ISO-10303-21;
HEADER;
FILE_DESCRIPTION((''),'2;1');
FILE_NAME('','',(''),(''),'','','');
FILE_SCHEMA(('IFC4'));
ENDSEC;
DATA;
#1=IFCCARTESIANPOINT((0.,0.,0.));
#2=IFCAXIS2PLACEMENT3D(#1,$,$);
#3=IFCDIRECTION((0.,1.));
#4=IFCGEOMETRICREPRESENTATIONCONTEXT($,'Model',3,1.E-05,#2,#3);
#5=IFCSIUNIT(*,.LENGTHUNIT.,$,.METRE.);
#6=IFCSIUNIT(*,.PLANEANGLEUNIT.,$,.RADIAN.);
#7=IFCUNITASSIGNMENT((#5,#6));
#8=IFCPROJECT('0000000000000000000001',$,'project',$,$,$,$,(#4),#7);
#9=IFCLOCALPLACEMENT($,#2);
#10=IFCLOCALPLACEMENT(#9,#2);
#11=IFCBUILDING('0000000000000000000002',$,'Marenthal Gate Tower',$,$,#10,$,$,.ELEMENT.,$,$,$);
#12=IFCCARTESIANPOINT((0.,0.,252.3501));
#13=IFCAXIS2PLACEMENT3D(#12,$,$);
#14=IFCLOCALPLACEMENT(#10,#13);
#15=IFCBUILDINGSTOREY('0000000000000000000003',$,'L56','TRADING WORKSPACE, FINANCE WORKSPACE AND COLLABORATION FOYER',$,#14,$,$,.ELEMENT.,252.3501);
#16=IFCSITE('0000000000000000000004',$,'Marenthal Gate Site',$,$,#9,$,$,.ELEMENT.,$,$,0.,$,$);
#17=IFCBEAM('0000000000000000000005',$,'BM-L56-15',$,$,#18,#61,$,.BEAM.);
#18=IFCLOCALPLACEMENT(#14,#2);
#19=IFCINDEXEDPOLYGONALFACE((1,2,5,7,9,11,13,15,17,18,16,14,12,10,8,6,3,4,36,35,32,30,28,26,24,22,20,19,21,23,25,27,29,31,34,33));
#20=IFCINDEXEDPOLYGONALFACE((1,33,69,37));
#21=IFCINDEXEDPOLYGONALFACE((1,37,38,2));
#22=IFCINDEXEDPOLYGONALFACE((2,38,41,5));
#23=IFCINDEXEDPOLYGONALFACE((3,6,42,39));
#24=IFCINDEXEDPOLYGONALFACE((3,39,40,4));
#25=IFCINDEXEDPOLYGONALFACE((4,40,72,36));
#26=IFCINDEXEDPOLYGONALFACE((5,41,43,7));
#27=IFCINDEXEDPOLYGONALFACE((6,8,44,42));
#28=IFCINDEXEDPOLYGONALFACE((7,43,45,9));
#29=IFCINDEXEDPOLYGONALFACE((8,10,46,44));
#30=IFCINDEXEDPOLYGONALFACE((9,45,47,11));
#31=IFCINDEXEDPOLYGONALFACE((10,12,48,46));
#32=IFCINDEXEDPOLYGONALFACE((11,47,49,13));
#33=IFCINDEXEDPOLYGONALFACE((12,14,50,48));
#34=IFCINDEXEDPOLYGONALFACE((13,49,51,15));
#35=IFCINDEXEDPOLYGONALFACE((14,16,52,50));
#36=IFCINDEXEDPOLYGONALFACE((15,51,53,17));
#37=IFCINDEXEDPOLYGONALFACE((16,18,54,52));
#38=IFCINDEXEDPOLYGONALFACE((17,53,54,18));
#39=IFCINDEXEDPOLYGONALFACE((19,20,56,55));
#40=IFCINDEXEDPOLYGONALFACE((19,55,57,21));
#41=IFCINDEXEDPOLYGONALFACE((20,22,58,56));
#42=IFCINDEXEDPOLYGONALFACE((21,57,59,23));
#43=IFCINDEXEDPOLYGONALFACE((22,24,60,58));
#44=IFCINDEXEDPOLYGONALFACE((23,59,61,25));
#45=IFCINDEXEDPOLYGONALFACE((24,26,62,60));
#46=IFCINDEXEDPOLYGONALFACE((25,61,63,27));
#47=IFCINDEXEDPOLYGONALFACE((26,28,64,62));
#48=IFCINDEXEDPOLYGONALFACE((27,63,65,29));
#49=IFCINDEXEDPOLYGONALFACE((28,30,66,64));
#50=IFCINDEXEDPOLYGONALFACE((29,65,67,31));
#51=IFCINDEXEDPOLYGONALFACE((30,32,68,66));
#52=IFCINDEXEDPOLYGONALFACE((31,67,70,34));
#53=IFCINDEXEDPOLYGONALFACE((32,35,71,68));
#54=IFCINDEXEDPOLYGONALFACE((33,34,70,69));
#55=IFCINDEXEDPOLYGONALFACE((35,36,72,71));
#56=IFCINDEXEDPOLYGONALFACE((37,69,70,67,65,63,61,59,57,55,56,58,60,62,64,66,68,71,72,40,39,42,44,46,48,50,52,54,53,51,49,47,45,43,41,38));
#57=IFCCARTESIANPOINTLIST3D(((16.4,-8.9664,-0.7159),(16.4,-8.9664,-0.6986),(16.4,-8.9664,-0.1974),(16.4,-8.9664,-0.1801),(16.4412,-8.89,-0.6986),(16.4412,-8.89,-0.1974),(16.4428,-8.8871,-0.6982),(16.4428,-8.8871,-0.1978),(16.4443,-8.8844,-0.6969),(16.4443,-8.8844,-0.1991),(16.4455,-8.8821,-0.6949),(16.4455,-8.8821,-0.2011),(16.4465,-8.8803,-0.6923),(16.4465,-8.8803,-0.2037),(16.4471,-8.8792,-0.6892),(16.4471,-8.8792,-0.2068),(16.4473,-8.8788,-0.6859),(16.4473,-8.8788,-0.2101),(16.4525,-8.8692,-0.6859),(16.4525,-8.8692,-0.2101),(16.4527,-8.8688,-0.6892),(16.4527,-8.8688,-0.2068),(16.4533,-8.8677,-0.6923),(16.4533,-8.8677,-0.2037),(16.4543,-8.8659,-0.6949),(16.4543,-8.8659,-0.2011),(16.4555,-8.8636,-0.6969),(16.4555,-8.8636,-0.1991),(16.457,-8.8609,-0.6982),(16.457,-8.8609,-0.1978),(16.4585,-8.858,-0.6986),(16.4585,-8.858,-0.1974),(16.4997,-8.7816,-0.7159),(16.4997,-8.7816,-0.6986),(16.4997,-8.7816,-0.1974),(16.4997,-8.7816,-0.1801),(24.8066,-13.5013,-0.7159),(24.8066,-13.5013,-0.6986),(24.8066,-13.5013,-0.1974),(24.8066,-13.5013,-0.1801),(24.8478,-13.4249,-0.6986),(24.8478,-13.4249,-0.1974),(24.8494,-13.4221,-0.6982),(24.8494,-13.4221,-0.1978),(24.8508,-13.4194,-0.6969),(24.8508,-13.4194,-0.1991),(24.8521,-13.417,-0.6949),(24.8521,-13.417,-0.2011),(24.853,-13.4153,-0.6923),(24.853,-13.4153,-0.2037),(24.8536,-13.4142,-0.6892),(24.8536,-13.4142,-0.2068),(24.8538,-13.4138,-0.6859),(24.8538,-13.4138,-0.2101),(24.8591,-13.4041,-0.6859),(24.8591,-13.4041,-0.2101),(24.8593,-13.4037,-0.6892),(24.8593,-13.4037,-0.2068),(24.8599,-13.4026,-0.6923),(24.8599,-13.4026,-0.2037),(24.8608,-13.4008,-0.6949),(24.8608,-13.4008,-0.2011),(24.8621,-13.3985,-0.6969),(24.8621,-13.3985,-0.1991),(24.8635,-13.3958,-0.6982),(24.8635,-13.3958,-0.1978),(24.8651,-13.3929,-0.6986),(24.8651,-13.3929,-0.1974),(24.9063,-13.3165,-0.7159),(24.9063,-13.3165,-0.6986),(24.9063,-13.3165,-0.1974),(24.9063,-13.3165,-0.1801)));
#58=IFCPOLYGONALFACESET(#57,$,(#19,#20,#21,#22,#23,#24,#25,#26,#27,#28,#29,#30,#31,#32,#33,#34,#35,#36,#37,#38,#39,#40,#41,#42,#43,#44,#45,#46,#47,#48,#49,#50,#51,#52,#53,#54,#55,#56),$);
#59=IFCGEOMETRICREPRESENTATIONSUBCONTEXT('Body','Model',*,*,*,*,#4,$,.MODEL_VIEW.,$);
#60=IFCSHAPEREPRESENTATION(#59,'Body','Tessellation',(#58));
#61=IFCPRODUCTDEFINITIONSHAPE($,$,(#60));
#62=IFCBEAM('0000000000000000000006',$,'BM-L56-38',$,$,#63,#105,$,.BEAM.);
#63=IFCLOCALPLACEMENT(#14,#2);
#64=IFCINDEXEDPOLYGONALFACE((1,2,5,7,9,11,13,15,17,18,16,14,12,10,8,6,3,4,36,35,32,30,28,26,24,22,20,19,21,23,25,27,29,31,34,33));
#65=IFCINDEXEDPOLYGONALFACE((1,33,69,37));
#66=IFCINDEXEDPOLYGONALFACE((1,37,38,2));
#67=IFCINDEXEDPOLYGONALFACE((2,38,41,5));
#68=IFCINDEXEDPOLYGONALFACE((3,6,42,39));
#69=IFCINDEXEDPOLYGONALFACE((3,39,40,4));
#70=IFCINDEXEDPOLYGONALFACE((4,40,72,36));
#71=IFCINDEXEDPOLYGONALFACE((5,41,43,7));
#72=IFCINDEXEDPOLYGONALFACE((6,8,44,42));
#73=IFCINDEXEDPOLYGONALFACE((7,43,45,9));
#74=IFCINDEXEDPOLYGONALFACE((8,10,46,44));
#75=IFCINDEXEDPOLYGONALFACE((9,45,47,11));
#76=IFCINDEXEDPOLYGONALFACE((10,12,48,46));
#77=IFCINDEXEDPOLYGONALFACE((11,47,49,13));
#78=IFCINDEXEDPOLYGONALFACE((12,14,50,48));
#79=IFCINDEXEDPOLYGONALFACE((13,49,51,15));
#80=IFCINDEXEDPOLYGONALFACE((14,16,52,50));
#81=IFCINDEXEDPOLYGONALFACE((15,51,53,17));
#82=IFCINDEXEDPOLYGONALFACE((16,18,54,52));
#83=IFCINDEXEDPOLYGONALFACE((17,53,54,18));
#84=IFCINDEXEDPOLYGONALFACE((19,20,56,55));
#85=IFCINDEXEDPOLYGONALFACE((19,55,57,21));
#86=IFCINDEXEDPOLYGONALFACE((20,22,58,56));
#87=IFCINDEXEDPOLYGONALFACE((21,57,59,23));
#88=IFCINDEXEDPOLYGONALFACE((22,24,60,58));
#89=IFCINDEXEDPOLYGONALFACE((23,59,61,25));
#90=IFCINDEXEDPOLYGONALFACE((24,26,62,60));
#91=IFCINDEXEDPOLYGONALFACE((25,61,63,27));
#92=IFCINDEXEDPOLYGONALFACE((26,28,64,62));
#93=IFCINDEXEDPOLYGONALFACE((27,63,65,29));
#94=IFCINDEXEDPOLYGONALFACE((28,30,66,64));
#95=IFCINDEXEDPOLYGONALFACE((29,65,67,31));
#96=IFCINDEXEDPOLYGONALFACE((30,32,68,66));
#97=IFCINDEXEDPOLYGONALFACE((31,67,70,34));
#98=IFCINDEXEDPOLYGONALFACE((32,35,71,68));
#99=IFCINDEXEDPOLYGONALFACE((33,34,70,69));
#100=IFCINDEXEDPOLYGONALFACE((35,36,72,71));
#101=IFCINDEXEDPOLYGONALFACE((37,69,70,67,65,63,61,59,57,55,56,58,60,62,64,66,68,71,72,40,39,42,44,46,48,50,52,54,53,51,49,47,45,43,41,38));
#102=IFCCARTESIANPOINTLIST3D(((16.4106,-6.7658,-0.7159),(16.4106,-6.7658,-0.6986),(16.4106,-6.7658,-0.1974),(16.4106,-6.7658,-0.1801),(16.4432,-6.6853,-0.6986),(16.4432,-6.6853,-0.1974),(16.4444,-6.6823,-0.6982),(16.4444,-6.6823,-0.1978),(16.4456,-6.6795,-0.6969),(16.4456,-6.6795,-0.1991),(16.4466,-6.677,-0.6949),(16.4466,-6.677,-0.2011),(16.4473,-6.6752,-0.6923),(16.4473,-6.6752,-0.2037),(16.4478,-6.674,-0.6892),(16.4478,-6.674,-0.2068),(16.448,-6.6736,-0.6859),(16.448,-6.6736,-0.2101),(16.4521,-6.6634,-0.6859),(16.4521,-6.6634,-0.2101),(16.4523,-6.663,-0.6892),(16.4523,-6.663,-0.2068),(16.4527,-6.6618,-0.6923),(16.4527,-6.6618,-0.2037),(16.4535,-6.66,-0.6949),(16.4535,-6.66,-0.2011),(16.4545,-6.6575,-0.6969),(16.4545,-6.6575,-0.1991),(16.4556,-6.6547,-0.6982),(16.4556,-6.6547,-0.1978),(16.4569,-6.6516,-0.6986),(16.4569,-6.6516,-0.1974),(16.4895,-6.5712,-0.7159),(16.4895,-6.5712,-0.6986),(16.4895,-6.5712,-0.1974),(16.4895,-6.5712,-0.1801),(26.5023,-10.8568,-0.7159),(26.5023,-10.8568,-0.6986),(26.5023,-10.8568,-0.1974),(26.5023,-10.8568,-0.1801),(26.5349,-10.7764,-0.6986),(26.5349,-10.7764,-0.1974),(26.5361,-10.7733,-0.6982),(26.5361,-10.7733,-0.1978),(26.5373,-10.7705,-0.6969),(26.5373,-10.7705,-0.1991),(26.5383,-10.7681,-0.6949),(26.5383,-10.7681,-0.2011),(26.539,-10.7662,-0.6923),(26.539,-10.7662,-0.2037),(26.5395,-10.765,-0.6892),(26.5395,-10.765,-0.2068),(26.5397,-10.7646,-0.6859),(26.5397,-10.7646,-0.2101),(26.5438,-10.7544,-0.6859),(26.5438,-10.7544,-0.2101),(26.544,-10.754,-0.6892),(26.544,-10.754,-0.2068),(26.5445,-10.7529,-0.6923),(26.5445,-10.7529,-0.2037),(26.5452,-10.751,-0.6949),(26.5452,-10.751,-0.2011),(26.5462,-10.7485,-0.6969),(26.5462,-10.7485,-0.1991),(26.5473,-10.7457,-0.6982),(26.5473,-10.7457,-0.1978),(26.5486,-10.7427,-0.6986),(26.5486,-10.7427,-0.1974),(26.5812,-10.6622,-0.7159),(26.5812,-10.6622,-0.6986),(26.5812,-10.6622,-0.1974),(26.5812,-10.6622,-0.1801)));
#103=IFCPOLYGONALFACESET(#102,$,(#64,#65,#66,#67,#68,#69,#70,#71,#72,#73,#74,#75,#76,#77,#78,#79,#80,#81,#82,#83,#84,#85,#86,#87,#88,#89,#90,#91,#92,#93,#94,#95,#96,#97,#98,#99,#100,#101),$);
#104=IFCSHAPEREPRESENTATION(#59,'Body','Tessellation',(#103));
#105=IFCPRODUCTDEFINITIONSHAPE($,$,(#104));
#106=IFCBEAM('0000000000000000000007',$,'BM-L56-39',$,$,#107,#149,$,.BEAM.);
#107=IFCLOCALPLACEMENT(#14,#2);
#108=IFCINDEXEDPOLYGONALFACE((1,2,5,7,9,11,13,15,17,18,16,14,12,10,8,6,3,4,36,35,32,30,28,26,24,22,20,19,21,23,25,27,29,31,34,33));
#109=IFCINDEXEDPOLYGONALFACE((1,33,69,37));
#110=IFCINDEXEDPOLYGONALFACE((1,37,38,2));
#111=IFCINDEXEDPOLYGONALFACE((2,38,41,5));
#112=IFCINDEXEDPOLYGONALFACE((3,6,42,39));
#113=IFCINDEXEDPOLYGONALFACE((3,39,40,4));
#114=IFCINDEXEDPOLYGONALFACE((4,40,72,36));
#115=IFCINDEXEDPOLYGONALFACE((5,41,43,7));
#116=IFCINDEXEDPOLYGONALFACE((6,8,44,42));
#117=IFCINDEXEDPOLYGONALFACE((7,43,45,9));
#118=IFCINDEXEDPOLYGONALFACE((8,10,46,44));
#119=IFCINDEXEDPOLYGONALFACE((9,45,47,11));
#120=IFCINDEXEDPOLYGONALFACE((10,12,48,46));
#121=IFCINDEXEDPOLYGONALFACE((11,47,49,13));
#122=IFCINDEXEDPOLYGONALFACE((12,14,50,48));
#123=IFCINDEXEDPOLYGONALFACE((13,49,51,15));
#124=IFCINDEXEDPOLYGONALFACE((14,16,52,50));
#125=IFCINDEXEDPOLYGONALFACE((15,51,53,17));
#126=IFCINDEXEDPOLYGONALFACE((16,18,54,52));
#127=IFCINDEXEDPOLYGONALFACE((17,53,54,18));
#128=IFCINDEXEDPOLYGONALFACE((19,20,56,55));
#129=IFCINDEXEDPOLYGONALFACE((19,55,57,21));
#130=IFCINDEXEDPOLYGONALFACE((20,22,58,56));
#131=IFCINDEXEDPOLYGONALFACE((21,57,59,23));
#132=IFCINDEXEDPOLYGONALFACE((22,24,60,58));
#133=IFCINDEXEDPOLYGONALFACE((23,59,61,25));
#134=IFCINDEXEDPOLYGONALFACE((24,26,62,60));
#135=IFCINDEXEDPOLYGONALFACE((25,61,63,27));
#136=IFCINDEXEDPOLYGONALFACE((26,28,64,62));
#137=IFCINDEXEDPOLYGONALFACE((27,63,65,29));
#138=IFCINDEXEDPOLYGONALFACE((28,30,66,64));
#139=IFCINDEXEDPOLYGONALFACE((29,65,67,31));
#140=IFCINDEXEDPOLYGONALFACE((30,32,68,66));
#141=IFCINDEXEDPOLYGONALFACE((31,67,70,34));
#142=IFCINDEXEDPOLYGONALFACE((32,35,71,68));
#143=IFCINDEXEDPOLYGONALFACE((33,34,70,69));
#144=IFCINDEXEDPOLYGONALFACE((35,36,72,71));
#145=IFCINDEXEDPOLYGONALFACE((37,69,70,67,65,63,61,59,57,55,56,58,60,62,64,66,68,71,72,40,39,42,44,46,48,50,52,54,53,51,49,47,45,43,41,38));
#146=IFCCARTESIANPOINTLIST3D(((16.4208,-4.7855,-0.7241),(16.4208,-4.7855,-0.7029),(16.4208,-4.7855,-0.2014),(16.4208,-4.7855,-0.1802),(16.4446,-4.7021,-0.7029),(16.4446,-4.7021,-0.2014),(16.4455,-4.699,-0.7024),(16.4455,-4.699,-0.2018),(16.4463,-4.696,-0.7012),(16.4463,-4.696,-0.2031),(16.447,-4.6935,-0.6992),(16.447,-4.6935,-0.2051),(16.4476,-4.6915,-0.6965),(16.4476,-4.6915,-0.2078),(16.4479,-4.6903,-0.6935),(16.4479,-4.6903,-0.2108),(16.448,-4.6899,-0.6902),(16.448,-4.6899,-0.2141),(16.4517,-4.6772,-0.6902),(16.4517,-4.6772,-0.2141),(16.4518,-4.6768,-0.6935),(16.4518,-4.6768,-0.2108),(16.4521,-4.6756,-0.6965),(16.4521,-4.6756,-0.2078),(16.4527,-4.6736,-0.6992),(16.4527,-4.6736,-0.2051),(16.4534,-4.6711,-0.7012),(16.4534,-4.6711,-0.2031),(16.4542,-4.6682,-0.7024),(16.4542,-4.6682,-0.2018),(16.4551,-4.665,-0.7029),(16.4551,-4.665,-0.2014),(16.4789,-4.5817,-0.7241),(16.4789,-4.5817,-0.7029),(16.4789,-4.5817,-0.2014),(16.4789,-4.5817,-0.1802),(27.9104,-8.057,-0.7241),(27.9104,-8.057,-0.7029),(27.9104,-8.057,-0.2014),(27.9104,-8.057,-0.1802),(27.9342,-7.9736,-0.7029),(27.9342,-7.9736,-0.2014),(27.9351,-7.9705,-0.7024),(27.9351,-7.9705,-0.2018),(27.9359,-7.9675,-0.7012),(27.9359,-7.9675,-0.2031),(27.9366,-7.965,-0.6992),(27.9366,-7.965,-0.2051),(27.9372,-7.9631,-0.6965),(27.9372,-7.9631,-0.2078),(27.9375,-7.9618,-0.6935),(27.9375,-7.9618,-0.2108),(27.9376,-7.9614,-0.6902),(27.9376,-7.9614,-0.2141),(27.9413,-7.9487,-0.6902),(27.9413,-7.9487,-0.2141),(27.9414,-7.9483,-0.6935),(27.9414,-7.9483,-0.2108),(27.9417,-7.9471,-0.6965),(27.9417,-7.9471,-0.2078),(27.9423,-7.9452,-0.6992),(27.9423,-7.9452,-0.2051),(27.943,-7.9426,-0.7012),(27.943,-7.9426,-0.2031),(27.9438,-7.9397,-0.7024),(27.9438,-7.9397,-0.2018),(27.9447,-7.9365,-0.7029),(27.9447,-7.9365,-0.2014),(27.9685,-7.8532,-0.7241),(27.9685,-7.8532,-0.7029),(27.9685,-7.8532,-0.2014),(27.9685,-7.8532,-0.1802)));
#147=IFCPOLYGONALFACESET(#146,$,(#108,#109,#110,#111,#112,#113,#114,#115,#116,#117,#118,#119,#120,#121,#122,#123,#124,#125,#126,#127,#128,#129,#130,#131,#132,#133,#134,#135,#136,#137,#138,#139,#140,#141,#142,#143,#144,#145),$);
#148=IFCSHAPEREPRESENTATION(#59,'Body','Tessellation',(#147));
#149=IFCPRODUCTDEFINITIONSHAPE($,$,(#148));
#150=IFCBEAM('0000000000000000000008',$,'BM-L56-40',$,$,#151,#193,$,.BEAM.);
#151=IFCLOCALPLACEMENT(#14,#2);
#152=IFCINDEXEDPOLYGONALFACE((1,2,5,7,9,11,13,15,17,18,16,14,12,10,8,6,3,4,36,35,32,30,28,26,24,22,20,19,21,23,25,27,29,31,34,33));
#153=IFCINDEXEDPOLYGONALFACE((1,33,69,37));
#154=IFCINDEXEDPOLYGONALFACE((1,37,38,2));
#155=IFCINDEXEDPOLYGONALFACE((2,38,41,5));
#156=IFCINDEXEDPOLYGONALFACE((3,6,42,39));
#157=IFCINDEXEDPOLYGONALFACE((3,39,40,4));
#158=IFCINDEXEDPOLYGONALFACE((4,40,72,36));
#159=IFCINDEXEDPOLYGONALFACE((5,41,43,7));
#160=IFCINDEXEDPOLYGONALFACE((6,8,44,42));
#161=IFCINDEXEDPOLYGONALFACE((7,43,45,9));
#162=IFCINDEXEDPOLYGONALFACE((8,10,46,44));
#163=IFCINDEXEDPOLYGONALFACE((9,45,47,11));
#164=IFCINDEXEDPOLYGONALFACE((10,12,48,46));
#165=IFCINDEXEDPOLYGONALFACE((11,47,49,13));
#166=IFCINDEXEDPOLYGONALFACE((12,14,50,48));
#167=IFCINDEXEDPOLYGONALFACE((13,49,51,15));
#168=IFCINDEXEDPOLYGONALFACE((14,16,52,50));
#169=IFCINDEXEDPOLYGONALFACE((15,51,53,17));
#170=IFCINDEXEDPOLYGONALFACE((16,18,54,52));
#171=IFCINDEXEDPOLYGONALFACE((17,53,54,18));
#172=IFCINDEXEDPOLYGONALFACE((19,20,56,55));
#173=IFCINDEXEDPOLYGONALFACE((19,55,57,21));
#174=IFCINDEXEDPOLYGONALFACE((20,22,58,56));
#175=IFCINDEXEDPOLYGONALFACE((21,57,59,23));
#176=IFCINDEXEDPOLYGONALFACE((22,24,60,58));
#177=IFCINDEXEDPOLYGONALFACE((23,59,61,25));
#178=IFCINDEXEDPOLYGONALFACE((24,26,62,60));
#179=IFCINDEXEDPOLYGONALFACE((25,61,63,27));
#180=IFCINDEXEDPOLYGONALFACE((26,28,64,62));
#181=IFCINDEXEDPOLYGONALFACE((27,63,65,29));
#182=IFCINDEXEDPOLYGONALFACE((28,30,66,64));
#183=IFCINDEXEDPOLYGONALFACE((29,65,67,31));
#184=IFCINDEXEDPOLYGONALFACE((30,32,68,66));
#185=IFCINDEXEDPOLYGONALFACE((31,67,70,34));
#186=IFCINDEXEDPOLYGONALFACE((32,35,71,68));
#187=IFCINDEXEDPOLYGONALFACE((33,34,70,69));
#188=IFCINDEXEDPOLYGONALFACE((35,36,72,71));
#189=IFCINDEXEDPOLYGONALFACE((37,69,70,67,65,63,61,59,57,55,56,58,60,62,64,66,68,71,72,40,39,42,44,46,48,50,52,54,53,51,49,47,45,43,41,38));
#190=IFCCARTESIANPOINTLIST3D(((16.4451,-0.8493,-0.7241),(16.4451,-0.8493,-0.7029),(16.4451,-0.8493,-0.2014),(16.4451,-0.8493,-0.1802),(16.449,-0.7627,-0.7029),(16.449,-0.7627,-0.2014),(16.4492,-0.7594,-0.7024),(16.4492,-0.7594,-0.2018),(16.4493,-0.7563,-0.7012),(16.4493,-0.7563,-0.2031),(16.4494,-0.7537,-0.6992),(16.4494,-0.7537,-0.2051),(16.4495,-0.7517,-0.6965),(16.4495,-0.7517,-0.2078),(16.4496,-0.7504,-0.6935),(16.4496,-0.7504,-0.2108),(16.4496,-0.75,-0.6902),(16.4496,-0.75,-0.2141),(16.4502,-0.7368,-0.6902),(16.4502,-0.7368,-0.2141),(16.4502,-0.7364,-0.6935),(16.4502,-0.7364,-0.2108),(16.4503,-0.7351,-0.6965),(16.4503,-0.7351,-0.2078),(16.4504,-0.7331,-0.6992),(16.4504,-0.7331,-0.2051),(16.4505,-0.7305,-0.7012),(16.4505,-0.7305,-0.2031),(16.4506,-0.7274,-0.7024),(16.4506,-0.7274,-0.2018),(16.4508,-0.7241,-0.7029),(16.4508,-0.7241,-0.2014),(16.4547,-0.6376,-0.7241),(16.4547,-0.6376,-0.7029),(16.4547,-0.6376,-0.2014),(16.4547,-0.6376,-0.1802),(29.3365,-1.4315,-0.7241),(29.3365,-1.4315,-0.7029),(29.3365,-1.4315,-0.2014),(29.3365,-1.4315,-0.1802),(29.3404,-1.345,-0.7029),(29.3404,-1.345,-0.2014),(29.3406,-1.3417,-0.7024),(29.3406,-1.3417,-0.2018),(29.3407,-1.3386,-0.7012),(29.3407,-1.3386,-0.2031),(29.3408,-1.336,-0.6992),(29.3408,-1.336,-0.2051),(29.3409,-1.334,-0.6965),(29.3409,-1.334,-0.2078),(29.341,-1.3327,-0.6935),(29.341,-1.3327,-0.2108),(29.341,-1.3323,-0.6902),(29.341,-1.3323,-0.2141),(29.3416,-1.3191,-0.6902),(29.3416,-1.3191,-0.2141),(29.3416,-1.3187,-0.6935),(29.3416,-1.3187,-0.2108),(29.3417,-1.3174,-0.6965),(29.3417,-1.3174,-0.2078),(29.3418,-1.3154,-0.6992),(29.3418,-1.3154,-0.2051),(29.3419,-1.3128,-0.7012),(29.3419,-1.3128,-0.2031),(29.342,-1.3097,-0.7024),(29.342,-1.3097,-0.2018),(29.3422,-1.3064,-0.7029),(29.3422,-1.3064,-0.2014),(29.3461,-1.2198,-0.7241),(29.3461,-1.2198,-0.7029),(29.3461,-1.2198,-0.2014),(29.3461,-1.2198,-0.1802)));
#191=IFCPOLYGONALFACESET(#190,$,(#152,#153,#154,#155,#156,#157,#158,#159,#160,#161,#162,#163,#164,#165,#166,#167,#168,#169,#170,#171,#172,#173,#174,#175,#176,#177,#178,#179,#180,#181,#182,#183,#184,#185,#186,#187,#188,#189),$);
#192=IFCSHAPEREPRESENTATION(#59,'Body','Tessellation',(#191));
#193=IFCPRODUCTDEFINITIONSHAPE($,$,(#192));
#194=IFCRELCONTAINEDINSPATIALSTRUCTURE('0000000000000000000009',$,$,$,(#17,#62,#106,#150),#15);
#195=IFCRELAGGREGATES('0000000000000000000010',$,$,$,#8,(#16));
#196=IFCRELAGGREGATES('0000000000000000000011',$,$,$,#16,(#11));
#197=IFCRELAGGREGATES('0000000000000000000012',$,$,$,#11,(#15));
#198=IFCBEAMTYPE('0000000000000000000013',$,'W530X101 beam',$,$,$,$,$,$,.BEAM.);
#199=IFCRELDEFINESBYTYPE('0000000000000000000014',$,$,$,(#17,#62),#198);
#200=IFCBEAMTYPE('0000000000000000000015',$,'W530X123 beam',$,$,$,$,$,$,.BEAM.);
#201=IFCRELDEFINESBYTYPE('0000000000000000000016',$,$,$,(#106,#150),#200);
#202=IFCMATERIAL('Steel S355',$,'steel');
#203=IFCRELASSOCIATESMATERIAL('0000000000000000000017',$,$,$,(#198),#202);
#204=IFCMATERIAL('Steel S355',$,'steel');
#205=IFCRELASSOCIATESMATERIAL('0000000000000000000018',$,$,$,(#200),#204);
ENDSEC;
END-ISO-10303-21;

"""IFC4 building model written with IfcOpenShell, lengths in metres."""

from ifc_helpers import new_model, si_unit, direction, frame, origin, origin_2d, place, context, subcontext, project, spatial, i_section, extrude, material, material_profile, profile_set, type_object, element, save


model = new_model("IFC4")

# Units and contexts
model_context = context("Model", 3, precision=1e-05, world=origin(), true_north=direction((0.0, 1.0)))
body_context = subcontext(model_context, "Body", "Model", "MODEL_VIEW")
ifc_project = project(units=[si_unit("LENGTHUNIT", "METRE"), si_unit("PLANEANGLEUNIT", "RADIAN")], contexts=[model_context])

# Site, building, storey
site_placement = place(None, origin())
site = spatial("IfcSite", under=ifc_project, at=site_placement, Name="Marenthal Gate Site", CompositionType="ELEMENT", RefElevation=0.0)
building_placement = place(site_placement, origin())
building = spatial("IfcBuilding", under=site, at=building_placement, Name="Marenthal Gate Tower", CompositionType="ELEMENT")
storey_placement = place(building_placement, frame((0.0, 0.0, 252.3501)))
storey = spatial("IfcBuildingStorey", under=building, at=storey_placement, Name="L56", Description="TRADING WORKSPACE, FINANCE WORKSPACE AND COLLABORATION FOYER", CompositionType="ELEMENT", Elevation=252.3501)

# Beams
ifc_material_1 = material(Name="Steel S355", Category="steel")
ifc_material_profile_1 = material_profile(ifc_material_1, i_section(OverallWidth=0.21, OverallDepth=0.5359, WebThickness=0.011, FlangeThickness=0.0173, FilletRadius=0.0127, at=origin_2d()), Name="W530X101")
ifc_profile_set_1 = profile_set([ifc_material_profile_1], Name="Steel S355")
beam_type_1 = type_object("IfcBeamType", Name="W530X101 beam", PredefinedType="BEAM", material=ifc_profile_set_1)
beam_1_placement = place(storey_placement, frame((24.8564, -13.4089, -0.448), z_axis=(-0.880106, 0.474776, 0.0), x_axis=(-0.474776, -0.880106, 0.0)))
element("IfcBeam", 1, at=beam_1_placement, inside=storey, type_object=beam_type_1, Name="BM-L56-15", PredefinedType="BEAM", context=body_context, shape_type="SweptSolid", body=[
    extrude(i_section(OverallWidth=0.21, OverallDepth=0.5359, WebThickness=0.011, FlangeThickness=0.0173, FilletRadius=0.0127, at=origin_2d()), origin(), (0.0, 0.0, 1.0), 9.5518),
])
beam_2_placement = place(storey_placement, frame((26.5417, -10.7595, -0.448), z_axis=(-0.926746, 0.375689, 0.0), x_axis=(-0.375689, -0.926746, 0.0)))
element("IfcBeam", 2, at=beam_2_placement, inside=storey, type_object=beam_type_1, Name="BM-L56-38", PredefinedType="BEAM", context=body_context, shape_type="SweptSolid", body=[
    extrude(i_section(OverallWidth=0.21, OverallDepth=0.5359, WebThickness=0.011, FlangeThickness=0.0173, FilletRadius=0.0127, at=origin_2d()), origin(), (0.0, 0.0, 1.0), 10.8894),
])
ifc_material_2 = material(Name="Steel S355", Category="steel")
ifc_material_profile_2 = material_profile(ifc_material_2, i_section(OverallWidth=0.2119, OverallDepth=0.5439, WebThickness=0.0132, FlangeThickness=0.0212, FilletRadius=0.0127, at=origin_2d()), Name="W530X123")
ifc_profile_set_2 = profile_set([ifc_material_profile_2], Name="Steel S355")
beam_type_2 = type_object("IfcBeamType", Name="W530X123 beam", PredefinedType="BEAM", material=ifc_profile_set_2)
beam_3_placement = place(storey_placement, frame((27.9395, -7.9551, -0.4521), z_axis=(-0.961772, 0.273852, 0.0), x_axis=(-0.273852, -0.961772, 0.0)))
element("IfcBeam", 3, at=beam_3_placement, inside=storey, type_object=beam_type_2, Name="BM-L56-39", PredefinedType="BEAM", context=body_context, shape_type="SweptSolid", body=[
    extrude(i_section(OverallWidth=0.2119, OverallDepth=0.5439, WebThickness=0.0132, FlangeThickness=0.0212, FilletRadius=0.0127, at=origin_2d()), origin(), (0.0, 0.0, 1.0), 11.9463),
])
beam_4_placement = place(storey_placement, frame((29.3413, -1.3257, -0.4521), z_axis=(-0.998981, 0.045122, 0.0), x_axis=(-0.045122, -0.998981, 0.0)))
element("IfcBeam", 4, at=beam_4_placement, inside=storey, type_object=beam_type_2, Name="BM-L56-40", PredefinedType="BEAM", context=body_context, shape_type="SweptSolid", body=[
    extrude(i_section(OverallWidth=0.2119, OverallDepth=0.5439, WebThickness=0.0132, FlangeThickness=0.0212, FilletRadius=0.0127, at=origin_2d()), origin(), (0.0, 0.0, 1.0), 12.9045),
])

save(model, "model.ifc")
